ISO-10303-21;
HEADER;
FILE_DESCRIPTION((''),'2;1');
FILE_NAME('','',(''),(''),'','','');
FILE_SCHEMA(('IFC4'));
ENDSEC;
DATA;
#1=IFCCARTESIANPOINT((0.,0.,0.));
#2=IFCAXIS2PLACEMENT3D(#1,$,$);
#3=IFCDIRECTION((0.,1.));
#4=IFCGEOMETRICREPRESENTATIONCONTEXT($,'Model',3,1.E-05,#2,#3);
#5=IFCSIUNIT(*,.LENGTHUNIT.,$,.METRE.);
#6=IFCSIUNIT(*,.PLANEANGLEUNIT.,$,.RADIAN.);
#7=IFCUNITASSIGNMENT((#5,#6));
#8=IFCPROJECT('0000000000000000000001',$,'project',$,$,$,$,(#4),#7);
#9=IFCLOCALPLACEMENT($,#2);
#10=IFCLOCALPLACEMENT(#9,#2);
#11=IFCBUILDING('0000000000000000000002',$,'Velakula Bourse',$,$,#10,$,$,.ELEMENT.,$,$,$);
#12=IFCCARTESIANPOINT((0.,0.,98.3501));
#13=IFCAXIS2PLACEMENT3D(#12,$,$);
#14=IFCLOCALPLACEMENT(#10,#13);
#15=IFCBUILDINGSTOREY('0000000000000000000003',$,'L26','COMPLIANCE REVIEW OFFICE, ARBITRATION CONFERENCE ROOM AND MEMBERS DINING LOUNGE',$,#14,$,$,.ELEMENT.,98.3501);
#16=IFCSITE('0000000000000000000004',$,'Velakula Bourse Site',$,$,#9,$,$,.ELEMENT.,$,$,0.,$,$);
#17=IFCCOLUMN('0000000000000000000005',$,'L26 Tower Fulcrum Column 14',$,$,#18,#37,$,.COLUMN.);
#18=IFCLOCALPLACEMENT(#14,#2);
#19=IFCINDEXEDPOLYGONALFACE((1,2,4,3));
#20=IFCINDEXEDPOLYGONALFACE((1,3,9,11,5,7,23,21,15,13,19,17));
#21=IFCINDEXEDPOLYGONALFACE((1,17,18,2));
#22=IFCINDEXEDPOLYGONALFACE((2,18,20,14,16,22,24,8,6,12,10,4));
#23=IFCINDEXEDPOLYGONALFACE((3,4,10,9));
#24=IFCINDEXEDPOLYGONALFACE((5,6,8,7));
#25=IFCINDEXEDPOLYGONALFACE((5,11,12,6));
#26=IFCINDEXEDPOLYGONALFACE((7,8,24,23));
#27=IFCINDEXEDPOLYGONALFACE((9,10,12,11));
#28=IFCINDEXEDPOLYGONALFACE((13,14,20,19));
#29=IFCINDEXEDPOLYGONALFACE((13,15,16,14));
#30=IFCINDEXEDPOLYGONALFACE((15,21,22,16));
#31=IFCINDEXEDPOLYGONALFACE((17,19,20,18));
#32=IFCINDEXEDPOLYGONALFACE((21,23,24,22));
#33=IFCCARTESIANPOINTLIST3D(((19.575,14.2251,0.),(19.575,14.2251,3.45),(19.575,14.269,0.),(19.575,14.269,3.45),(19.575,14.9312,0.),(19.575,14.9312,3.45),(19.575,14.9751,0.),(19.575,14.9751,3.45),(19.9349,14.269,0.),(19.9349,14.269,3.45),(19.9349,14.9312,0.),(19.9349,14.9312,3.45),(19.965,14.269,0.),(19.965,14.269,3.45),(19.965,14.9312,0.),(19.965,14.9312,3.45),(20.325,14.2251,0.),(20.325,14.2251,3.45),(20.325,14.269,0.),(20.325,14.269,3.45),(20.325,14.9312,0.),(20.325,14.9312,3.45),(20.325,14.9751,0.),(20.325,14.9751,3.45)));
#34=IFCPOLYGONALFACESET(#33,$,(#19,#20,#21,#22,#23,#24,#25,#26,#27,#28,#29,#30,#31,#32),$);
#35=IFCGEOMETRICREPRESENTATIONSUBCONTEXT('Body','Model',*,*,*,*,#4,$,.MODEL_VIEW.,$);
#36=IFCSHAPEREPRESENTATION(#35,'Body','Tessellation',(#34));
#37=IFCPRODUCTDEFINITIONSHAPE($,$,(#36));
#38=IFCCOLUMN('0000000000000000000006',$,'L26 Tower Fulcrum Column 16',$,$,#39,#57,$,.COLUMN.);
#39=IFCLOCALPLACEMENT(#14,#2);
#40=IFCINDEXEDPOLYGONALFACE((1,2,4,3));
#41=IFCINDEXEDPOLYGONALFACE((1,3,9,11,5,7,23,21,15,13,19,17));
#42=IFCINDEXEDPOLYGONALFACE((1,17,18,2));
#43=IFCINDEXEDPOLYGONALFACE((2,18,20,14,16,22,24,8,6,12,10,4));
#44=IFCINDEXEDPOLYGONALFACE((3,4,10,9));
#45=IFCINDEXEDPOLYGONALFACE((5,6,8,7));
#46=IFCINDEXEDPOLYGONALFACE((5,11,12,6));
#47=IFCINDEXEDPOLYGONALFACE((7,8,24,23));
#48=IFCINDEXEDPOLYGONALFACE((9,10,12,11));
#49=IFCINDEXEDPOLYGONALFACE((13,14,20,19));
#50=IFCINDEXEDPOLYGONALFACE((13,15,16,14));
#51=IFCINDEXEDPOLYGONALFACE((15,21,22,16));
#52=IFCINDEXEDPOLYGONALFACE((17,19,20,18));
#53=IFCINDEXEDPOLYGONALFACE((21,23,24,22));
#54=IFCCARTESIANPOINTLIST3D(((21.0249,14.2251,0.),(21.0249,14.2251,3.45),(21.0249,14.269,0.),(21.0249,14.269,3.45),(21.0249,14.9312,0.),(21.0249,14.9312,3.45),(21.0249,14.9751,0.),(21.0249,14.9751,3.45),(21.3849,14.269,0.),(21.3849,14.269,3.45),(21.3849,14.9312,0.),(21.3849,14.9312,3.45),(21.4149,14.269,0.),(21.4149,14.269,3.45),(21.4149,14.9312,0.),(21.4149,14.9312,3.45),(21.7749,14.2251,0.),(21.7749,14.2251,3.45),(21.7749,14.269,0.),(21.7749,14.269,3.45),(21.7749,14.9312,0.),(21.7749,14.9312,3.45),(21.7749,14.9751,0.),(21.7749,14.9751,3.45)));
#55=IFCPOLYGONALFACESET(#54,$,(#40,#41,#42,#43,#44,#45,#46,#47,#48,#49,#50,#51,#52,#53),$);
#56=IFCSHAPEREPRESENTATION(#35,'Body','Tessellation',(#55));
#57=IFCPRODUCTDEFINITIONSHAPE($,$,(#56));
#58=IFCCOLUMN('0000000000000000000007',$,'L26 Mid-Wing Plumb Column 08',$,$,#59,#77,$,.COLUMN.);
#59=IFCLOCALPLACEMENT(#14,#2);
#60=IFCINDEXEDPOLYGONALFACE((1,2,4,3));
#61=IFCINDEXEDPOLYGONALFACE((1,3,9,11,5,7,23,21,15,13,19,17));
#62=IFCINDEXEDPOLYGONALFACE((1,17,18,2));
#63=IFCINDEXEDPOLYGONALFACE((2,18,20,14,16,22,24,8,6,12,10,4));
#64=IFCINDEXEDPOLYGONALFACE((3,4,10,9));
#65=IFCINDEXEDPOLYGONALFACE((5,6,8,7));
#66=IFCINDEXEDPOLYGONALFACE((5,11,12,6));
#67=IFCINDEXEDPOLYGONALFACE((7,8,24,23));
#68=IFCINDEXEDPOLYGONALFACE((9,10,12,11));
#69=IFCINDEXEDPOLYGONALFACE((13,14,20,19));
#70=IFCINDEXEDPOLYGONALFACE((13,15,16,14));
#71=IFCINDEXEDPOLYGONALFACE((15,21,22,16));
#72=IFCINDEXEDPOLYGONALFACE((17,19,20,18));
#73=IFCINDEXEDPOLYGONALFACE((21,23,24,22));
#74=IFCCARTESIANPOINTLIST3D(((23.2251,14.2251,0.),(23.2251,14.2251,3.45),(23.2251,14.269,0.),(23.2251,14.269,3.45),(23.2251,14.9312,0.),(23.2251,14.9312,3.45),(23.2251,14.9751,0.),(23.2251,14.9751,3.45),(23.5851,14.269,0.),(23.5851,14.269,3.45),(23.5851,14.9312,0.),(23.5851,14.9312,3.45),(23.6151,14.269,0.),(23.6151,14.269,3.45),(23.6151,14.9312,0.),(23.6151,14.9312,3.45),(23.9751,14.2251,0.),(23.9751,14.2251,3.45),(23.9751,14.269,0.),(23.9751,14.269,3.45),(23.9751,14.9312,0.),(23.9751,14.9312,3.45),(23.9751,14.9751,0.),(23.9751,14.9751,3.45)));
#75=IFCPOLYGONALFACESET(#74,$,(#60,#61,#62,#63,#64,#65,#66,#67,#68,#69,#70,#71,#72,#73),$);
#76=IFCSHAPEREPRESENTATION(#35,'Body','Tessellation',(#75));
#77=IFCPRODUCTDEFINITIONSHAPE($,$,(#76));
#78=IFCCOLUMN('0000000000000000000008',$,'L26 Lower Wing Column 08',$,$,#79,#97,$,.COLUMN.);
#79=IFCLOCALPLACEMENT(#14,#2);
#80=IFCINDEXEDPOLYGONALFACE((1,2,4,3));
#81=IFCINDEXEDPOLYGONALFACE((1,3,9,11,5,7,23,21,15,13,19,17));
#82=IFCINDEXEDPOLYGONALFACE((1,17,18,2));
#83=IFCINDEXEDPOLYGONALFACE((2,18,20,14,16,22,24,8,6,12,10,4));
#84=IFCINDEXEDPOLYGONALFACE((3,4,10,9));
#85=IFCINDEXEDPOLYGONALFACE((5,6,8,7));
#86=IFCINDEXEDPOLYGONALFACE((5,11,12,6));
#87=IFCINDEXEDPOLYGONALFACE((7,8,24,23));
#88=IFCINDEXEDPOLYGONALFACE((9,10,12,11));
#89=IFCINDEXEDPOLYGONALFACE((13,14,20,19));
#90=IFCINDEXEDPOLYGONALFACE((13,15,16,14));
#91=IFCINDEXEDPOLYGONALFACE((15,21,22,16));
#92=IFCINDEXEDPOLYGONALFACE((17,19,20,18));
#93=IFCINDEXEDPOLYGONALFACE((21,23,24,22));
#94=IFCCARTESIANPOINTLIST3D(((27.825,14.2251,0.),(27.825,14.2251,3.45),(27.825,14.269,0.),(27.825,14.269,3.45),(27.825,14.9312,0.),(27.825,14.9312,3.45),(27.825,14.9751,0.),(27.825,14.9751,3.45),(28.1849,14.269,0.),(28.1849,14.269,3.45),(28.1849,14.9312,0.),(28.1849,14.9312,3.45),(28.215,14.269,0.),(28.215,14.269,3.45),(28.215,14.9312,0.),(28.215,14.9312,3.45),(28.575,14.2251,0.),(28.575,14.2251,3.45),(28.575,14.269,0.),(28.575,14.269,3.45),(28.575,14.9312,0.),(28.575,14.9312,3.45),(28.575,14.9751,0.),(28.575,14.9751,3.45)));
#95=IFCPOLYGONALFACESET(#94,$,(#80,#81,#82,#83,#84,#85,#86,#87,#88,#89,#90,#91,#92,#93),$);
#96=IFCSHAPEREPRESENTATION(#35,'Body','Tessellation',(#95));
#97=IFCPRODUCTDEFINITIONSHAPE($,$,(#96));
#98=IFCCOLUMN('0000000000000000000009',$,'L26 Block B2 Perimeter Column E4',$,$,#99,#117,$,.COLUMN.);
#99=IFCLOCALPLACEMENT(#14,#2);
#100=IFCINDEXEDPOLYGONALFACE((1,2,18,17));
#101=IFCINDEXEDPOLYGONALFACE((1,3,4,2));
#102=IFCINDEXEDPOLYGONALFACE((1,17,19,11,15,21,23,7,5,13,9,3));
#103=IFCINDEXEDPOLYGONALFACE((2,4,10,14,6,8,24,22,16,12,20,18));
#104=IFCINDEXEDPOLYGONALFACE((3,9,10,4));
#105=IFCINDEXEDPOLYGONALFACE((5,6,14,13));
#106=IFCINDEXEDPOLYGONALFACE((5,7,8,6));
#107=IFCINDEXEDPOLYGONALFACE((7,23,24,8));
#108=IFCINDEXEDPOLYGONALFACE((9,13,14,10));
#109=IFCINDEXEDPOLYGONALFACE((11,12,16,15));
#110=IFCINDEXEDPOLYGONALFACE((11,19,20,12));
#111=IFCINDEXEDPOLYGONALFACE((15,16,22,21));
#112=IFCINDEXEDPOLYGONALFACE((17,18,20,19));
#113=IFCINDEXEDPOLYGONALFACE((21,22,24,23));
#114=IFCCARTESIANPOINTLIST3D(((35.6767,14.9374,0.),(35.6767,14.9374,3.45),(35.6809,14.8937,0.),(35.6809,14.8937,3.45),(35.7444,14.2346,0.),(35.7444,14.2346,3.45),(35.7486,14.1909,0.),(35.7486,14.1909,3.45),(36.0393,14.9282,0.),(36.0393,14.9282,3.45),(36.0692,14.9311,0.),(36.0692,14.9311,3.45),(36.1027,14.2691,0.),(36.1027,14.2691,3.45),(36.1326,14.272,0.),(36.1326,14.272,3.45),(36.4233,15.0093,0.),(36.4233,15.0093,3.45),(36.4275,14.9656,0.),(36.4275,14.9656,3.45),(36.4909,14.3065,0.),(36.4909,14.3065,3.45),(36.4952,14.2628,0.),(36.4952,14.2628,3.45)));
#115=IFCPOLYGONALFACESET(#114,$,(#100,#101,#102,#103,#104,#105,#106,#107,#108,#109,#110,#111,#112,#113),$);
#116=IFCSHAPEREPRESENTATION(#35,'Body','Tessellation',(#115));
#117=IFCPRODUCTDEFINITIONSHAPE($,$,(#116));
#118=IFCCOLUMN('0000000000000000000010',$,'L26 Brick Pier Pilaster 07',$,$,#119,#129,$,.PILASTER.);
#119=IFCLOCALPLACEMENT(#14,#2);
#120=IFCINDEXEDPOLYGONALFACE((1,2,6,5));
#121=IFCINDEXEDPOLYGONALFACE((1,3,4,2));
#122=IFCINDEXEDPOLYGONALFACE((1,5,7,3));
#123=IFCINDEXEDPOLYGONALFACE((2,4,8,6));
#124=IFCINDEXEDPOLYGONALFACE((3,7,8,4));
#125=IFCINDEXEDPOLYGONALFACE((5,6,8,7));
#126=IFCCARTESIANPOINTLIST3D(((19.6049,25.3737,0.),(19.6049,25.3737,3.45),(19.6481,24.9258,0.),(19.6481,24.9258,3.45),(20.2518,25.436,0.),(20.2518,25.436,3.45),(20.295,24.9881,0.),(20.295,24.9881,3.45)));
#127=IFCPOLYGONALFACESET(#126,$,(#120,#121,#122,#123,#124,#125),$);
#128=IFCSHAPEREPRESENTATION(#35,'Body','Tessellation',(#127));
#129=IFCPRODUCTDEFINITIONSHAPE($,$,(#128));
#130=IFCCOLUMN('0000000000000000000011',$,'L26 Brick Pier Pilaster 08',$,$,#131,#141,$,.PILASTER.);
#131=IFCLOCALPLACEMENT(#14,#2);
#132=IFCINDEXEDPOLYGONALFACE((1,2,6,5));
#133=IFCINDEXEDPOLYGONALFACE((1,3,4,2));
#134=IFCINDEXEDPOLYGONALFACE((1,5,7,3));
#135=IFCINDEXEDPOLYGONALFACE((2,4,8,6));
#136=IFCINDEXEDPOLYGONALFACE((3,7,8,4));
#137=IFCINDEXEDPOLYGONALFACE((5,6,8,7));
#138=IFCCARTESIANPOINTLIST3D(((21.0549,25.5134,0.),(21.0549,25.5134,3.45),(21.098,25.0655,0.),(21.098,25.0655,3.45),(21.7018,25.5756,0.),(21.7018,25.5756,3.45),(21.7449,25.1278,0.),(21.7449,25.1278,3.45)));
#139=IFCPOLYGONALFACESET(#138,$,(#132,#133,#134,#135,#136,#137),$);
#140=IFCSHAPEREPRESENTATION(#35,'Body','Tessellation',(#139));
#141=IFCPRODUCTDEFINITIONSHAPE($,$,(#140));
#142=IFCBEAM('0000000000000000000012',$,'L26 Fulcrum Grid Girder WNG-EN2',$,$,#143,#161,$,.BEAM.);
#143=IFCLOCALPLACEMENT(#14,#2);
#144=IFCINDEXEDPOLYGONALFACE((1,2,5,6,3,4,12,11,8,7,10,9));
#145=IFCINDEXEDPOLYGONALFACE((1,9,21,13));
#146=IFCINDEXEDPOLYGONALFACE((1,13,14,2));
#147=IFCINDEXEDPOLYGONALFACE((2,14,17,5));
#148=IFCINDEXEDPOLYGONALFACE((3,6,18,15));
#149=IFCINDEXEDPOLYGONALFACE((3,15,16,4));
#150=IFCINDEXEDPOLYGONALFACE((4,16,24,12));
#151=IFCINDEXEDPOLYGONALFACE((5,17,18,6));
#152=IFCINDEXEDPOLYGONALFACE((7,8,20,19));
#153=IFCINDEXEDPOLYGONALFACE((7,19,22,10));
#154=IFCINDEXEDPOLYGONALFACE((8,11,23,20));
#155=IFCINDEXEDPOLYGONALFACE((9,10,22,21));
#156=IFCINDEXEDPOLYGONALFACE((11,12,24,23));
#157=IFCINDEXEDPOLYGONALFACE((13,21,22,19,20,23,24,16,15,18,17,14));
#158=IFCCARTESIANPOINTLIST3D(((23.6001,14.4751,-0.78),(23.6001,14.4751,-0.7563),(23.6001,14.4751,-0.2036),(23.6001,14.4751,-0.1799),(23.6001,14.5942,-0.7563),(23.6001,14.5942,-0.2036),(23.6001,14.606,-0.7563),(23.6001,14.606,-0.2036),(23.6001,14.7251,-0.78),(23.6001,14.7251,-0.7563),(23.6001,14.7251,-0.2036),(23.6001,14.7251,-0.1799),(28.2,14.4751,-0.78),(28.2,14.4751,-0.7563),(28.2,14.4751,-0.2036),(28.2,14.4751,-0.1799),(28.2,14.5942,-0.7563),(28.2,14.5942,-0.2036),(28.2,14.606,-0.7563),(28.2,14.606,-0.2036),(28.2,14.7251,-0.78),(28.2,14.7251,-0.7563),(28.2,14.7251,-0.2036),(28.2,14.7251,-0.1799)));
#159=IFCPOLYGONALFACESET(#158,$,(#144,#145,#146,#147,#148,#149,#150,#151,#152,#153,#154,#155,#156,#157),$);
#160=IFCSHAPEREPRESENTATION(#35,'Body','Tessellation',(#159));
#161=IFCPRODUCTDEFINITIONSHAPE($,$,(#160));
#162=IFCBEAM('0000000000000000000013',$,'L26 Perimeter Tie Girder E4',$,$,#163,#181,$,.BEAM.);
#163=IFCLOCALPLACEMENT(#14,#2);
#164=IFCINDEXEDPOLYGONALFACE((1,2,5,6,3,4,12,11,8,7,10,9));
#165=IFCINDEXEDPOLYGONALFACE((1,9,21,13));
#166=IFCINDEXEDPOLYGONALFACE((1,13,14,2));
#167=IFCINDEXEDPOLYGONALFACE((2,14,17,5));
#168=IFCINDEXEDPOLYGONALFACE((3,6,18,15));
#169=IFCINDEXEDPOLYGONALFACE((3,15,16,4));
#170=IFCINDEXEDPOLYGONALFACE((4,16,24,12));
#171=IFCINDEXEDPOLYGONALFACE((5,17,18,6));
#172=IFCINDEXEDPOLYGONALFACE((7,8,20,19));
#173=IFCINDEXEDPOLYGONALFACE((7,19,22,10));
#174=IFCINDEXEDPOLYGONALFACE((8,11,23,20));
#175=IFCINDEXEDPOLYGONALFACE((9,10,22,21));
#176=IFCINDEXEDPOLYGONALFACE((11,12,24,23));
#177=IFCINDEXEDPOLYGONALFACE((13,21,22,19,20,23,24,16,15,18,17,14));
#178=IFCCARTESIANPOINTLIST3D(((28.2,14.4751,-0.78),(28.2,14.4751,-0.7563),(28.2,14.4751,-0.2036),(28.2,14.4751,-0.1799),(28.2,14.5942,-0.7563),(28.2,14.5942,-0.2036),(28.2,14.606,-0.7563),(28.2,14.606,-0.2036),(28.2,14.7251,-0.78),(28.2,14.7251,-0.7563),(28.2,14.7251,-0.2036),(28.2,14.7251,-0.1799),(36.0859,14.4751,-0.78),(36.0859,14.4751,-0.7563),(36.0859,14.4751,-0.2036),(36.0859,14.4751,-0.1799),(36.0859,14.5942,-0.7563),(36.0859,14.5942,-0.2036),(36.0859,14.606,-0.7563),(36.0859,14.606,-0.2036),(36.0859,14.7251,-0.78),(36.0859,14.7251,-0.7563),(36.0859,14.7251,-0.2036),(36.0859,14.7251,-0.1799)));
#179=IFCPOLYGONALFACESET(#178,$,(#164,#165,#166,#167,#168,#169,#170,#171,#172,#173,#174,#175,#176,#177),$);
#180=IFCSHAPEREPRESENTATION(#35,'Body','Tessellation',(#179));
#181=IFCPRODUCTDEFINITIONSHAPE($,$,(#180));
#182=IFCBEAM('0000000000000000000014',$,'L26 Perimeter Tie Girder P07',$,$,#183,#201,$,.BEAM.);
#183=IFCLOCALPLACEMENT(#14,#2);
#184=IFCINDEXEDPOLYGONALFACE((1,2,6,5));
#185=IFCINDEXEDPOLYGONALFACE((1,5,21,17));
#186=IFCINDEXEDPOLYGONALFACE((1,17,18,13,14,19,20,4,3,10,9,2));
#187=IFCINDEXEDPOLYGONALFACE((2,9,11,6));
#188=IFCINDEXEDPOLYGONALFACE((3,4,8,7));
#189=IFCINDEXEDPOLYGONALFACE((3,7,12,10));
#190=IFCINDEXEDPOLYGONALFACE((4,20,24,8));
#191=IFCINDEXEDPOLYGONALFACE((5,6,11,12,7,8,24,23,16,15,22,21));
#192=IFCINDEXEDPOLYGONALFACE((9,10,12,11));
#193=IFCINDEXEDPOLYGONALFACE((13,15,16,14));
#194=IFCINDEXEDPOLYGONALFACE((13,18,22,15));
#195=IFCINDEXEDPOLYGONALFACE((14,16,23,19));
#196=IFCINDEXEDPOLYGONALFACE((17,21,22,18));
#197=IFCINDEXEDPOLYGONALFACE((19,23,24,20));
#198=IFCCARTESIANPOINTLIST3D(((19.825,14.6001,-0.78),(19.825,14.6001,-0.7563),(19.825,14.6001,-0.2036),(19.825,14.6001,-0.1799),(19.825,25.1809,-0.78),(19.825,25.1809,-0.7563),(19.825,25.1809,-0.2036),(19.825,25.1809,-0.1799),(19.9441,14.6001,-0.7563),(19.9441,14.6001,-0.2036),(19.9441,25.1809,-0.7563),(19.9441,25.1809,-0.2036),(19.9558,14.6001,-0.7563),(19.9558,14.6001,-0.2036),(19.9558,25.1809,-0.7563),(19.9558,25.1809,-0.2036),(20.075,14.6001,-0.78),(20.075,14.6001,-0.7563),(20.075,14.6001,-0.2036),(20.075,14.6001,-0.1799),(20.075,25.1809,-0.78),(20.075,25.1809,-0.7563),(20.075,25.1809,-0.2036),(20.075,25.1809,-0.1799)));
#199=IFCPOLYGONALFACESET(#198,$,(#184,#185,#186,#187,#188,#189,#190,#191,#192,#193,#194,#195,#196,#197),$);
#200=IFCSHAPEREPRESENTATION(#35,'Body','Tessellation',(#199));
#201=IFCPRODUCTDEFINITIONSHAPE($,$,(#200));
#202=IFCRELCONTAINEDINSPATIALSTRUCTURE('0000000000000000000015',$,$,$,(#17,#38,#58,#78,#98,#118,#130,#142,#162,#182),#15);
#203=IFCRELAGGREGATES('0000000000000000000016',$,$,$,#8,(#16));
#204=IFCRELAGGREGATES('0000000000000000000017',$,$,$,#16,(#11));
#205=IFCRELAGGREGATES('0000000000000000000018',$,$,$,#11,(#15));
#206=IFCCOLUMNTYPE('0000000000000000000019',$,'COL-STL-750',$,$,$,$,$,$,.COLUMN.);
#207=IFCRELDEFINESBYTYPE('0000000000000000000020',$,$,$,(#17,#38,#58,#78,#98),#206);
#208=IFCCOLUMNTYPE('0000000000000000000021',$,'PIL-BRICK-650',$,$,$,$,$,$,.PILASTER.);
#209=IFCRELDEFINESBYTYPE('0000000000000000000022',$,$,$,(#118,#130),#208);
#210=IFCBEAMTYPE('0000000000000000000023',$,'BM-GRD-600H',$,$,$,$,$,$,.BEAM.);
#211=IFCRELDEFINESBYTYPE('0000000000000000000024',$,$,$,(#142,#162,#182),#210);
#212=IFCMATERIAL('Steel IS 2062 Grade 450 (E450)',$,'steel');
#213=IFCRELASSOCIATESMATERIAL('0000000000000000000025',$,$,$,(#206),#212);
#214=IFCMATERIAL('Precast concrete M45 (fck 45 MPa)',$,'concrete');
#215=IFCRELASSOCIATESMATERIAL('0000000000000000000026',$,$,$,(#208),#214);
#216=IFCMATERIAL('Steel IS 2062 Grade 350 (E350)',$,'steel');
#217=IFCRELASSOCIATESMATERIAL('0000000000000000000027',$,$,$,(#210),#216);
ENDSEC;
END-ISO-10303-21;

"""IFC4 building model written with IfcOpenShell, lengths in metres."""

from ifc_helpers import new_model, si_unit, direction, frame, origin, origin_2d, place, context, subcontext, project, spatial, rectangle, i_section, extrude, material, material_profile, profile_set, type_object, element, save


model = new_model("IFC4")

# Units and contexts
model_context = context("Model", 3, precision=1e-05, world=origin(), true_north=direction((0.0, 1.0)))
body_context = subcontext(model_context, "Body", "Model", "MODEL_VIEW")
ifc_project = project(units=[si_unit("LENGTHUNIT", "METRE"), si_unit("PLANEANGLEUNIT", "RADIAN")], contexts=[model_context])

# Site, building, storey
site_placement = place(None, origin())
site = spatial("IfcSite", under=ifc_project, at=site_placement, Name="Velakula Bourse Site", CompositionType="ELEMENT", RefElevation=0.0)
building_placement = place(site_placement, origin())
building = spatial("IfcBuilding", under=site, at=building_placement, Name="Velakula Bourse", CompositionType="ELEMENT")
storey_placement = place(building_placement, frame((0.0, 0.0, 98.3501)))
storey = spatial("IfcBuildingStorey", under=building, at=storey_placement, Name="L26", Description="COMPLIANCE REVIEW OFFICE, ARBITRATION CONFERENCE ROOM AND MEMBERS DINING LOUNGE", CompositionType="ELEMENT", Elevation=98.3501)

# Columns
ifc_material_1 = material(Name="Steel IS 2062 Grade 450 (E450)", Category="steel")
ifc_material_profile_1 = material_profile(ifc_material_1, i_section(OverallWidth=0.75, OverallDepth=0.75, WebThickness=0.03, FlangeThickness=0.0439, at=origin_2d()), Name="Steel IS 2062 Grade 450 (E450)")
ifc_profile_set_1 = profile_set([ifc_material_profile_1], Name="Steel IS 2062 Grade 450 (E450)")
column_type_1 = type_object("IfcColumnType", Name="COL-STL-750", PredefinedType="COLUMN", material=ifc_profile_set_1)
for number, where, z_axis, x_axis, name in (
    (1, (19.95, 14.6001, 0.0), (0.0, 0.0, 1.0), (1.0, 0.0, 0.0), "L26 Tower Fulcrum Column 14"),
    (2, (21.3999, 14.6001, 0.0), (0.0, 0.0, 1.0), (1.0, 0.0, 0.0), "L26 Tower Fulcrum Column 16"),
    (3, (23.6001, 14.6001, 0.0), (0.0, 0.0, 1.0), (1.0, 0.0, 0.0), "L26 Mid-Wing Plumb Column 08"),
    (4, (28.2, 14.6001, 0.0), (0.0, 0.0, 1.0), (1.0, 0.0, 0.0), "L26 Lower Wing Column 08"),
    (5, (36.0859, 14.6001, 0.0), (0.0, 0.0, 1.0), (0.995396, 0.095846, 0.0), "L26 Block B2 Perimeter Column E4"),
):
    element("IfcColumn", number, at=place(storey_placement, frame(where, z_axis=z_axis, x_axis=x_axis)), inside=storey, type_object=column_type_1, Name=name, PredefinedType="COLUMN", context=body_context, shape_type="SweptSolid", body=[
        extrude(i_section(OverallWidth=0.75, OverallDepth=0.75, WebThickness=0.03, FlangeThickness=0.0439, at=origin_2d()), origin(), (0.0, 0.0, 1.0), 3.45),
    ])
ifc_material_2 = material(Name="Precast concrete M45 (fck 45 MPa)", Category="concrete")
ifc_material_profile_2 = material_profile(ifc_material_2, rectangle(XDim=0.6499, YDim=0.45, at=origin_2d()), Name="Precast concrete M45 (fck 45 MPa)")
ifc_profile_set_2 = profile_set([ifc_material_profile_2], Name="Precast concrete M45 (fck 45 MPa)")
column_type_2 = type_object("IfcColumnType", Name="PIL-BRICK-650", PredefinedType="PILASTER", material=ifc_profile_set_2)
for number, where, z_axis, x_axis, name in (
    (6, (19.95, 25.1809, 0.0), (0.0, 0.0, 1.0), (0.995396, 0.095846, 0.0), "L26 Brick Pier Pilaster 07"),
    (7, (21.3999, 25.3206, 0.0), (0.0, 0.0, 1.0), (0.995396, 0.095846, 0.0), "L26 Brick Pier Pilaster 08"),
):
    element("IfcColumn", number, at=place(storey_placement, frame(where, z_axis=z_axis, x_axis=x_axis)), inside=storey, type_object=column_type_2, Name=name, PredefinedType="PILASTER", context=body_context, shape_type="SweptSolid", body=[
        extrude(rectangle(XDim=0.6499, YDim=0.45, at=origin_2d()), origin(), (0.0, 0.0, 1.0), 3.45),
    ])

# Beams
ifc_material_3 = material(Name="Steel IS 2062 Grade 350 (E350)", Category="steel")
ifc_material_profile_3 = material_profile(ifc_material_3, i_section(OverallWidth=0.25, OverallDepth=0.6001, WebThickness=0.0117, FlangeThickness=0.0237, at=origin_2d()), Name="Steel IS 2062 Grade 350 (E350)")
ifc_profile_set_3 = profile_set([ifc_material_profile_3], Name="Steel IS 2062 Grade 350 (E350)")
beam_type_1 = type_object("IfcBeamType", Name="BM-GRD-600H", PredefinedType="BEAM", material=ifc_profile_set_3)
beam_1_placement = place(storey_placement, frame((23.6001, 14.6001, -0.48), z_axis=(1.0, 0.0, 0.0), x_axis=(0.0, 1.0, 0.0)))
element("IfcBeam", 8, at=beam_1_placement, inside=storey, type_object=beam_type_1, Name="L26 Fulcrum Grid Girder WNG-EN2", PredefinedType="BEAM", context=body_context, shape_type="SweptSolid", body=[
    extrude(i_section(OverallWidth=0.25, OverallDepth=0.6001, WebThickness=0.0117, FlangeThickness=0.0237, at=origin_2d()), origin(), (0.0, 0.0, 1.0), 4.5999),
])
beam_2_placement = place(storey_placement, frame((28.2, 14.6001, -0.48), z_axis=(1.0, 0.0, 0.0), x_axis=(0.0, 1.0, 0.0)))
element("IfcBeam", 9, at=beam_2_placement, inside=storey, type_object=beam_type_1, Name="L26 Perimeter Tie Girder E4", PredefinedType="BEAM", context=body_context, shape_type="SweptSolid", body=[
    extrude(i_section(OverallWidth=0.25, OverallDepth=0.6001, WebThickness=0.0117, FlangeThickness=0.0237, at=origin_2d()), origin(), (0.0, 0.0, 1.0), 7.886),
])
beam_3_placement = place(storey_placement, frame((19.95, 14.6001, -0.48), z_axis=(0.0, 1.0, 0.0), x_axis=(-1.0, 0.0, 0.0)))
element("IfcBeam", 10, at=beam_3_placement, inside=storey, type_object=beam_type_1, Name="L26 Perimeter Tie Girder P07", PredefinedType="BEAM", context=body_context, shape_type="SweptSolid", body=[
    extrude(i_section(OverallWidth=0.25, OverallDepth=0.6001, WebThickness=0.0117, FlangeThickness=0.0237, at=origin_2d()), origin(), (0.0, 0.0, 1.0), 10.5808),
])

save(model, "model.ifc")
